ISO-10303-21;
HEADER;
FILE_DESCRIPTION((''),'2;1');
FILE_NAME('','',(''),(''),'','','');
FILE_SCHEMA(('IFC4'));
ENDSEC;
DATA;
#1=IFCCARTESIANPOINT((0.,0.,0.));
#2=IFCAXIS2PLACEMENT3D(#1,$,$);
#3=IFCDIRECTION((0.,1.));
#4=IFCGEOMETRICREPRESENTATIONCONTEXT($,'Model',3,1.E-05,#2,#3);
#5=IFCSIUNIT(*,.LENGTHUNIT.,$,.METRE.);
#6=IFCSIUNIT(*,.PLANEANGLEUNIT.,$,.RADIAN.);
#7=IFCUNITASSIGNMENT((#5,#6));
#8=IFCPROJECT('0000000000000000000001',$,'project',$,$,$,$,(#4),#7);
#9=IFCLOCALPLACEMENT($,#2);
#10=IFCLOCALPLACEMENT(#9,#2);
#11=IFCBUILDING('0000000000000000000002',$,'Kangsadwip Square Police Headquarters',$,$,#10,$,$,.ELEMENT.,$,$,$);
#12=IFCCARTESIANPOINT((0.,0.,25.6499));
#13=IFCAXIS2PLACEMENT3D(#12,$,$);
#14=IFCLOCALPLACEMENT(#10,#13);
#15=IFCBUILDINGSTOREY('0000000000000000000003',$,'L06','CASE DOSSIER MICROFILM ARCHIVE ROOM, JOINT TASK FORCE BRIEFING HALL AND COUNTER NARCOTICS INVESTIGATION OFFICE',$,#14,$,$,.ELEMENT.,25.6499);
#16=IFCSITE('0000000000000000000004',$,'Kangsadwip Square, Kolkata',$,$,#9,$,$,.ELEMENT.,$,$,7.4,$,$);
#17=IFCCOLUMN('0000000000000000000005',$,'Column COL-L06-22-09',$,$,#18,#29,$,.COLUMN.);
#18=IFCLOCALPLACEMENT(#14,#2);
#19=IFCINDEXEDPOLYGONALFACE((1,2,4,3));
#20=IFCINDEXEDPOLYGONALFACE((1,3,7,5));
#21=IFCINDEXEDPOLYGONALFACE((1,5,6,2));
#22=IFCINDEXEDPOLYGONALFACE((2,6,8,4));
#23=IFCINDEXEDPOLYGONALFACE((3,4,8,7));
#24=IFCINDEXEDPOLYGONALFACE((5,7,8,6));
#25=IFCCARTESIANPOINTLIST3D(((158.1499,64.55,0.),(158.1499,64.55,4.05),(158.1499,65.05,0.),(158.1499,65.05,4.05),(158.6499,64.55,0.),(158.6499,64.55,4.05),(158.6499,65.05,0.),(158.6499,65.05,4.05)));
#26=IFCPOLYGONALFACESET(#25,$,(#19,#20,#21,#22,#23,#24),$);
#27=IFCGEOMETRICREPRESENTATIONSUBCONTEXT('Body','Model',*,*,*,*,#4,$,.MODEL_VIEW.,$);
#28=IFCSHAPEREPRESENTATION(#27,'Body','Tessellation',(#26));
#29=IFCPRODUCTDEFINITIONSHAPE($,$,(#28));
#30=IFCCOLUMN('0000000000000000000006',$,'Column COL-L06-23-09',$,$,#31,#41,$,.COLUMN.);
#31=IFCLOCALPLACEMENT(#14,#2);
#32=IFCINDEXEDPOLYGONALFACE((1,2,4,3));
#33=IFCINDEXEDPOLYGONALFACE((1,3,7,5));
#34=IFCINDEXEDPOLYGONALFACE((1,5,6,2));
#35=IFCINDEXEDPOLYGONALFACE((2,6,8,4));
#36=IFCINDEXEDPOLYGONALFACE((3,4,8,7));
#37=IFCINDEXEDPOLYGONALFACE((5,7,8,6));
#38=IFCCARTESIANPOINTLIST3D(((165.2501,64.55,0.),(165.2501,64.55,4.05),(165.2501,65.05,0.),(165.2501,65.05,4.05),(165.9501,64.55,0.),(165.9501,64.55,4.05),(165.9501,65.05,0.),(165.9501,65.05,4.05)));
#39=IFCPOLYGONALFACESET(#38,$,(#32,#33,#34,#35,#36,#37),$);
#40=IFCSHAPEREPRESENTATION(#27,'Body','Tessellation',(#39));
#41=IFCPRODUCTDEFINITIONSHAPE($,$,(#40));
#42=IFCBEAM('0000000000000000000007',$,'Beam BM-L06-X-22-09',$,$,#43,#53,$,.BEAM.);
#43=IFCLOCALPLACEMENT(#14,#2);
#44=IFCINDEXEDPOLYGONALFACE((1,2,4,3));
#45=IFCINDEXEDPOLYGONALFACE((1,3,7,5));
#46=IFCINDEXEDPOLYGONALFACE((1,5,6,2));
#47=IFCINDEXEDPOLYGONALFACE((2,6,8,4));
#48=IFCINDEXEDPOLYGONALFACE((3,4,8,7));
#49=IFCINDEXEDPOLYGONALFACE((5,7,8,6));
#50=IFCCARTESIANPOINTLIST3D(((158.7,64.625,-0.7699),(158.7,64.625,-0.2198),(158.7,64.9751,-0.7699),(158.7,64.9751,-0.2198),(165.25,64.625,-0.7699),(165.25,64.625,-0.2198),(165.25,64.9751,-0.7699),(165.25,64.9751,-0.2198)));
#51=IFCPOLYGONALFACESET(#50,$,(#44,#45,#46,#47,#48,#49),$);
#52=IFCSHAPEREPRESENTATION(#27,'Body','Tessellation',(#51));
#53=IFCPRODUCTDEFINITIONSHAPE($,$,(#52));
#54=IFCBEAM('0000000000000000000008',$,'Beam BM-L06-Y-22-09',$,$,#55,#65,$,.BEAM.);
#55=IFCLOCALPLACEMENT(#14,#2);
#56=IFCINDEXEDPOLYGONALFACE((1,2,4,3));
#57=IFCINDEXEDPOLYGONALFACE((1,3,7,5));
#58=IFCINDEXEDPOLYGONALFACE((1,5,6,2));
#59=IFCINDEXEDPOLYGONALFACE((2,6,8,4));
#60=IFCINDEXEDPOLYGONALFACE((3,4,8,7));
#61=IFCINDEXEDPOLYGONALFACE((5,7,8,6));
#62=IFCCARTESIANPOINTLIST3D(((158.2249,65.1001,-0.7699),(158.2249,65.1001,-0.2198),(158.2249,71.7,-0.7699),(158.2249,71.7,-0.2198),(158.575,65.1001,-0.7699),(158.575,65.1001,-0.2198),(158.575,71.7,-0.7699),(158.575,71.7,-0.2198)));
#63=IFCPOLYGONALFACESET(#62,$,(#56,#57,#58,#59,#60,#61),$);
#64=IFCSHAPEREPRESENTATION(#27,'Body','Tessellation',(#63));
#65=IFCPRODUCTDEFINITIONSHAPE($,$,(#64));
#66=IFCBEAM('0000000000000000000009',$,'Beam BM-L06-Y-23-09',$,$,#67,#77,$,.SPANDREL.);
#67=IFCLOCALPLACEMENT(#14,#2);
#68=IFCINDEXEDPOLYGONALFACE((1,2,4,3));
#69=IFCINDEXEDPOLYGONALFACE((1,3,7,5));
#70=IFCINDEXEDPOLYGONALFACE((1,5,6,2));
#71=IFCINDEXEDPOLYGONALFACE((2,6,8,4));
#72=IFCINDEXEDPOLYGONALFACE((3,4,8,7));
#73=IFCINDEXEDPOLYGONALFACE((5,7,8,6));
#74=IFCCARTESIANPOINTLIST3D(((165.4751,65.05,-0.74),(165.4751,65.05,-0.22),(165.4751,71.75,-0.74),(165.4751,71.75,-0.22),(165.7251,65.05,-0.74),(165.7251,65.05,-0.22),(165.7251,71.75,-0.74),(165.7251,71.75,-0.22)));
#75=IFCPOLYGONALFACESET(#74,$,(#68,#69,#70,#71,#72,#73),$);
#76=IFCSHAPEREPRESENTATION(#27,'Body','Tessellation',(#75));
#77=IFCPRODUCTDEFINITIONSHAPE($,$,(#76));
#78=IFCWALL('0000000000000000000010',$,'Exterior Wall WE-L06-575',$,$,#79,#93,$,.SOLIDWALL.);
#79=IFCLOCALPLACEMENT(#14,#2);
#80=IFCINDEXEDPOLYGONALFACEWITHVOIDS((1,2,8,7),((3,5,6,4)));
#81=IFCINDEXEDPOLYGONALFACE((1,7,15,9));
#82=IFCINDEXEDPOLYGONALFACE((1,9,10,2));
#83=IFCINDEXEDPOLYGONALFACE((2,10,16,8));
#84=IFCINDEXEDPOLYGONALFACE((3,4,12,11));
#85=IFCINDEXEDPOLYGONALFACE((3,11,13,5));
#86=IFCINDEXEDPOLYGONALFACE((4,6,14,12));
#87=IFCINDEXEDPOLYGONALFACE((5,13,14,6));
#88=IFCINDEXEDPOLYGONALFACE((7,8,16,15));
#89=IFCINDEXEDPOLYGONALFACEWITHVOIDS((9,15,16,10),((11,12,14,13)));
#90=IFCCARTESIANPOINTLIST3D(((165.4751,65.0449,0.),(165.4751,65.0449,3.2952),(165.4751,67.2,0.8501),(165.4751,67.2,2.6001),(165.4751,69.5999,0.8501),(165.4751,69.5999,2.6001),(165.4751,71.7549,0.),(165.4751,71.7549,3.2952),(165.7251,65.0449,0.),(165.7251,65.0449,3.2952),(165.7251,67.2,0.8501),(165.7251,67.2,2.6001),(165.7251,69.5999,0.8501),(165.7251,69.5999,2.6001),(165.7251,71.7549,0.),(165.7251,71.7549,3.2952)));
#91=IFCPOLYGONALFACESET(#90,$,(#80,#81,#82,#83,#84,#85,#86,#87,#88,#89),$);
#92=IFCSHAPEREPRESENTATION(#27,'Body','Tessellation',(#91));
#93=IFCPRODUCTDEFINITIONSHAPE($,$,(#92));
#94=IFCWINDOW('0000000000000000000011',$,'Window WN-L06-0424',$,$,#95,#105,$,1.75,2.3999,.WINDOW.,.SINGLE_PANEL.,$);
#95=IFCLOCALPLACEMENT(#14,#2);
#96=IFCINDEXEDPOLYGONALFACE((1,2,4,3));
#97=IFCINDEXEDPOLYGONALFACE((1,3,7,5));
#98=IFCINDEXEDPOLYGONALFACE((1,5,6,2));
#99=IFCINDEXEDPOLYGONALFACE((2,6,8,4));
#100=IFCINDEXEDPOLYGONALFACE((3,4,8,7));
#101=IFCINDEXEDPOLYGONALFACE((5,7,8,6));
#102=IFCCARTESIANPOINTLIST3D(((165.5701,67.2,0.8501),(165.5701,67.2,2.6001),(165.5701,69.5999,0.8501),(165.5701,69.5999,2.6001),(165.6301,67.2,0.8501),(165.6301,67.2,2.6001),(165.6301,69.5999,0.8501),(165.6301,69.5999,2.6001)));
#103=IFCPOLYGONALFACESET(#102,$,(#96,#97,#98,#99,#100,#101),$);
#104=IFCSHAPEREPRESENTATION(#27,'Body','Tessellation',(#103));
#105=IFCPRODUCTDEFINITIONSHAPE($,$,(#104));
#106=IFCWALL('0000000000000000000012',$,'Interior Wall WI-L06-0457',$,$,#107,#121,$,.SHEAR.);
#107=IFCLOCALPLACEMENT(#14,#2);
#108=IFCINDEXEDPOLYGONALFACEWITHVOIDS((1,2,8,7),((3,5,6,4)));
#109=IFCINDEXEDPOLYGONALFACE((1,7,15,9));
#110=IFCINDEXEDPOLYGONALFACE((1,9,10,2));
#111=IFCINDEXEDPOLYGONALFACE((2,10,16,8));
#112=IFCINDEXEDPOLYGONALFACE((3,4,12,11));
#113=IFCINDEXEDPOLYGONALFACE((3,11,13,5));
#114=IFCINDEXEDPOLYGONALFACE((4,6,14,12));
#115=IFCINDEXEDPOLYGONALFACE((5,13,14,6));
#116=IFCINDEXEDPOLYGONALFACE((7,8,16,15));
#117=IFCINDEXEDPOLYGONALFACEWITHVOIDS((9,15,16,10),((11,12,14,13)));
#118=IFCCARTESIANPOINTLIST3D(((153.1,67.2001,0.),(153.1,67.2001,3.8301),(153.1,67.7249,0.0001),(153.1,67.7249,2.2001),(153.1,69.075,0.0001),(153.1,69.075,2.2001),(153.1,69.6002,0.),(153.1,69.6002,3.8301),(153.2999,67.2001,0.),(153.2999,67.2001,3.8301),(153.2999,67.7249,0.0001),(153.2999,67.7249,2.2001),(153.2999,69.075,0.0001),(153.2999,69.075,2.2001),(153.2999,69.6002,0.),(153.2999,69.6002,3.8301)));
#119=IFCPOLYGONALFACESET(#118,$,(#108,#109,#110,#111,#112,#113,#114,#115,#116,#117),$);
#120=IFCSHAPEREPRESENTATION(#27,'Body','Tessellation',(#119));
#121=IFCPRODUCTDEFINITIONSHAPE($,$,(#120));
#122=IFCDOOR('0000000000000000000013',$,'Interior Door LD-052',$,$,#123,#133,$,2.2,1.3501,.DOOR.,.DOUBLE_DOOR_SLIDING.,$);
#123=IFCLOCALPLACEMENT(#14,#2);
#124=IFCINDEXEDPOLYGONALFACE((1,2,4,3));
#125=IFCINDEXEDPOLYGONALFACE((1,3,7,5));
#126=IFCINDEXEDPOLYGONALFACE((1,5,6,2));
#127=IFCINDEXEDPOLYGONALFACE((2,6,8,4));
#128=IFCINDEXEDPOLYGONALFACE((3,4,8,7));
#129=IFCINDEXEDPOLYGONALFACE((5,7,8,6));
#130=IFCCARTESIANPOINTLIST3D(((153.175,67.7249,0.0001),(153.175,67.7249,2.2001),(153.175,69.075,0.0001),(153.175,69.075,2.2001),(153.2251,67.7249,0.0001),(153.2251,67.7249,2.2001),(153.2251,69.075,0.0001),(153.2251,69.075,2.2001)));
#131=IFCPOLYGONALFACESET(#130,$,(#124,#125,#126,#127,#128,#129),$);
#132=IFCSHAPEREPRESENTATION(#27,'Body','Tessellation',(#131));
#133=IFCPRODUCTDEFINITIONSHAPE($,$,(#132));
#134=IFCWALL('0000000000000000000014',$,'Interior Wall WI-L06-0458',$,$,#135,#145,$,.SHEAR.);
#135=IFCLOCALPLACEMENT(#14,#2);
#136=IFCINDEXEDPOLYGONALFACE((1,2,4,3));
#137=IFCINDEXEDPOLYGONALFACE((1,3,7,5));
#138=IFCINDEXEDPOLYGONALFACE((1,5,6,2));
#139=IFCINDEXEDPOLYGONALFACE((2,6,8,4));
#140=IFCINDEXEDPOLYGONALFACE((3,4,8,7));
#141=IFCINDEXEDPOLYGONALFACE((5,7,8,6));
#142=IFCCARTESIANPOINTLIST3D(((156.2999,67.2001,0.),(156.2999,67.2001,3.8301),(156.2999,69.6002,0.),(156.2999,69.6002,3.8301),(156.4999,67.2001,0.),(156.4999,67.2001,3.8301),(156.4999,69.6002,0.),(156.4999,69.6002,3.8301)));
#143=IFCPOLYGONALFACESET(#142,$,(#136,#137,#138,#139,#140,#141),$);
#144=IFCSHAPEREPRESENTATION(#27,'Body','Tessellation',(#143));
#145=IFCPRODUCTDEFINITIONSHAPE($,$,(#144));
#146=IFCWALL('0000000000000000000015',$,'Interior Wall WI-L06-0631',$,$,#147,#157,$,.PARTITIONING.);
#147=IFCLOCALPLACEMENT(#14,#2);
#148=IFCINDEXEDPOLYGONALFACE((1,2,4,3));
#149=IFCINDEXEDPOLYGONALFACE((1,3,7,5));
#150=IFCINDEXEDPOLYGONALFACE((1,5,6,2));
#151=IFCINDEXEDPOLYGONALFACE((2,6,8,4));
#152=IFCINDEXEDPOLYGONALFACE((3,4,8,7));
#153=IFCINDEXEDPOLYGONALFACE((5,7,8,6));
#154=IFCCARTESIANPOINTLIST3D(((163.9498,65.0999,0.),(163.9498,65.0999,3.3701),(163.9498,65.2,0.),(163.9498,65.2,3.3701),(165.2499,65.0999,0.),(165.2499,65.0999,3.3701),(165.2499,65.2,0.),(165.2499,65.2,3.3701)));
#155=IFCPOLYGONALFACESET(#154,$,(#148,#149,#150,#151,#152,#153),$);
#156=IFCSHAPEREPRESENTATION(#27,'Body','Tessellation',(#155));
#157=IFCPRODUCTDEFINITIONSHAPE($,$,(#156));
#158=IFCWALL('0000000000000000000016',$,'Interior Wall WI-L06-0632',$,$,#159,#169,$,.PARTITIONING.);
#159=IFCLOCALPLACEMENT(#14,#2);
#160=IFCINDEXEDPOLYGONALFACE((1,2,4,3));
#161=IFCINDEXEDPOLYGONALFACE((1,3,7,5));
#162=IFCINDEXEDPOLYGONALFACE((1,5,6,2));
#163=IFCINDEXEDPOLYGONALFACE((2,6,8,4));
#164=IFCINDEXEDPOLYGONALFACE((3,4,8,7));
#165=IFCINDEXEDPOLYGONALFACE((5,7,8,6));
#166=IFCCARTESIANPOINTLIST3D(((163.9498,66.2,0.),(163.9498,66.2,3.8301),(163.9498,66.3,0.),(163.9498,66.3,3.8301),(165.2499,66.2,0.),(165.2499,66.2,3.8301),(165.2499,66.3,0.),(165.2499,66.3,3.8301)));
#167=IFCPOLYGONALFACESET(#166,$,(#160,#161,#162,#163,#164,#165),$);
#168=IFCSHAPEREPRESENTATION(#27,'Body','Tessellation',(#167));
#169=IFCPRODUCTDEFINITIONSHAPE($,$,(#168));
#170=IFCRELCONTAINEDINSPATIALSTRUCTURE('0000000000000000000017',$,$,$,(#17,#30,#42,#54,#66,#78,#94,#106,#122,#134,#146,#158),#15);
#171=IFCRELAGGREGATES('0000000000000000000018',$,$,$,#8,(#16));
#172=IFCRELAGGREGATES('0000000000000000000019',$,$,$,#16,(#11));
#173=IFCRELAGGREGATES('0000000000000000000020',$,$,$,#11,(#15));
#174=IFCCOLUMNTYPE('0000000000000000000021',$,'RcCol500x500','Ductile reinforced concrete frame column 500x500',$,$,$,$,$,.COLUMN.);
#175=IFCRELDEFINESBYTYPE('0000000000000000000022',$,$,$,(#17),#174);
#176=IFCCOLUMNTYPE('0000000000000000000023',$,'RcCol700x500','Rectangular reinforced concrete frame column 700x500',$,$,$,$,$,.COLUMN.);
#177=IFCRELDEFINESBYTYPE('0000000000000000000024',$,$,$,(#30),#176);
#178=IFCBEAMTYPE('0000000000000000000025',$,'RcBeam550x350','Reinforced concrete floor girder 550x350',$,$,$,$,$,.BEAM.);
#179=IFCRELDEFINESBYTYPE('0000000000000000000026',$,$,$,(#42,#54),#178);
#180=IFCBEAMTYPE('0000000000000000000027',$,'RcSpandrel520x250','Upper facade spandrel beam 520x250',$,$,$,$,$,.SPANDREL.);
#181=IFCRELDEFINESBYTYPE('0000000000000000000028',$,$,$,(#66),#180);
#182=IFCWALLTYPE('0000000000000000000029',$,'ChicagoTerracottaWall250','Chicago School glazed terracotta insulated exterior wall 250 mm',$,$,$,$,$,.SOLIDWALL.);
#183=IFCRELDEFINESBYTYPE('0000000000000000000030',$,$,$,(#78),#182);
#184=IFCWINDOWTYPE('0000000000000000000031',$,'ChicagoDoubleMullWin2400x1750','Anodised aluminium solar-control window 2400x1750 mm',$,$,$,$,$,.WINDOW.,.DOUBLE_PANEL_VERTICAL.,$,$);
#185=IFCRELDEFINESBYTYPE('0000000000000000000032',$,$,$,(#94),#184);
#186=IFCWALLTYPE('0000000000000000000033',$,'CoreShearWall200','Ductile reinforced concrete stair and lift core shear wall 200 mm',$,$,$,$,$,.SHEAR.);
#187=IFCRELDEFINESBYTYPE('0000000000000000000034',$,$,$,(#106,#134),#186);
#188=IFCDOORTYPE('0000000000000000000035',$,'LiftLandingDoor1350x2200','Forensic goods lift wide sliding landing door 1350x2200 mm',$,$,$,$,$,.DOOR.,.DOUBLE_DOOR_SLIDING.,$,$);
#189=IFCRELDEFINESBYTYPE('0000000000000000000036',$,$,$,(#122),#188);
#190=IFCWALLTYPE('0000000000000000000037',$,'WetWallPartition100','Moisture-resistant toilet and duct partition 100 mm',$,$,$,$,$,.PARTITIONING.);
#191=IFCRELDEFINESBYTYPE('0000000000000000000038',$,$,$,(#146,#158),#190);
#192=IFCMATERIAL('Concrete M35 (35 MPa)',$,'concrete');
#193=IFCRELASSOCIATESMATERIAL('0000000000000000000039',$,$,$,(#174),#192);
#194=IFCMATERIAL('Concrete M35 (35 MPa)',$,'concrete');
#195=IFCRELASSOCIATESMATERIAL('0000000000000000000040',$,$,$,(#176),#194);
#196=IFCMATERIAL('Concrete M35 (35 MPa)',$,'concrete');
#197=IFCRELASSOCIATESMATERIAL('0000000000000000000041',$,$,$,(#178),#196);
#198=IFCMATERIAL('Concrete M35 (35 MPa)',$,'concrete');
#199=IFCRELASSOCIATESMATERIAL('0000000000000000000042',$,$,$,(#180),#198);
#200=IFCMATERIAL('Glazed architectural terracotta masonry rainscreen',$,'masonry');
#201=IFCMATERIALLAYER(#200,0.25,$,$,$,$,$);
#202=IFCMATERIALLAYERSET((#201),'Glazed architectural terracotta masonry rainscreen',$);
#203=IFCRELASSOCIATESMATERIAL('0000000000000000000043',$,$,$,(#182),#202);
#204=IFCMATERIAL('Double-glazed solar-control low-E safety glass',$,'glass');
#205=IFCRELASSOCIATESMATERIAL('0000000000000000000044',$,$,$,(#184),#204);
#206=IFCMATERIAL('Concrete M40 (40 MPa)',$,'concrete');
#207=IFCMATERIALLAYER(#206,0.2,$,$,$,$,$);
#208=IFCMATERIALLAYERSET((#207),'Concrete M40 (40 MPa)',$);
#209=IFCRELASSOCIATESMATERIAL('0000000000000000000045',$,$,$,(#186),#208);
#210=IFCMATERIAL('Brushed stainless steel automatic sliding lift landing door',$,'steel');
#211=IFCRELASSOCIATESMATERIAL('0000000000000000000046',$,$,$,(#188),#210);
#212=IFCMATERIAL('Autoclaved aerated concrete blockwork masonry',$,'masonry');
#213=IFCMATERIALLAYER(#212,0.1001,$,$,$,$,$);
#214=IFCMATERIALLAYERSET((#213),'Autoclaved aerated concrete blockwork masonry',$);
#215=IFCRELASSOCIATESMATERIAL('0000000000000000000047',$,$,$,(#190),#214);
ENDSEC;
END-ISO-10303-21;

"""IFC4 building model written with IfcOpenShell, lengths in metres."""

from ifc_helpers import new_model, si_unit, direction, frame, frame_2d, origin, origin_2d, place, context, subcontext, project, spatial, rectangle, extrude, material, layer, layer_set, material_profile, profile_set, type_object, element, fill, save


model = new_model("IFC4")

# Units and contexts
model_context = context("Model", 3, precision=1e-05, world=origin(), true_north=direction((0.0, 1.0)))
body_context = subcontext(model_context, "Body", "Model", "MODEL_VIEW")
ifc_project = project(units=[si_unit("LENGTHUNIT", "METRE"), si_unit("PLANEANGLEUNIT", "RADIAN")], contexts=[model_context])

# Site, building, storey
site_placement = place(None, origin())
site = spatial("IfcSite", under=ifc_project, at=site_placement, Name="Kangsadwip Square, Kolkata", CompositionType="ELEMENT", RefElevation=7.4)
building_placement = place(site_placement, origin())
building = spatial("IfcBuilding", under=site, at=building_placement, Name="Kangsadwip Square Police Headquarters", CompositionType="ELEMENT")
storey_placement = place(building_placement, frame((0.0, 0.0, 25.6499)))
storey = spatial("IfcBuildingStorey", under=building, at=storey_placement, Name="L06", Description="CASE DOSSIER MICROFILM ARCHIVE ROOM, JOINT TASK FORCE BRIEFING HALL AND COUNTER NARCOTICS INVESTIGATION OFFICE", CompositionType="ELEMENT", Elevation=25.6499)

# Columns
ifc_material_1 = material(Name="Concrete M35 (35 MPa)", Category="concrete")
ifc_material_profile_1 = material_profile(ifc_material_1, rectangle(XDim=0.5, YDim=0.5, at=origin_2d()), Name="RC COL 500X500")
ifc_profile_set_1 = profile_set([ifc_material_profile_1], Name="Concrete M35 (35 MPa)")
column_type_1 = type_object("IfcColumnType", Name="RcCol500x500", Description="Ductile reinforced concrete frame column 500x500", PredefinedType="COLUMN", material=ifc_profile_set_1)
column_1_placement = place(storey_placement, frame((158.3999, 64.8, 0.0), z_axis=(0.0, 0.0, 1.0), x_axis=(1.0, 0.0, 0.0)))
element("IfcColumn", 1, at=column_1_placement, inside=storey, type_object=column_type_1, Name="Column COL-L06-22-09", PredefinedType="COLUMN", context=body_context, shape_type="SweptSolid", body=[
    extrude(rectangle(XDim=0.5, YDim=0.5, at=origin_2d()), origin(), (0.0, 0.0, 1.0), 4.05),
])
ifc_material_2 = material(Name="Concrete M35 (35 MPa)", Category="concrete")
ifc_material_profile_2 = material_profile(ifc_material_2, rectangle(XDim=0.5, YDim=0.7, at=origin_2d()), Name="RC COL 700X500")
ifc_profile_set_2 = profile_set([ifc_material_profile_2], Name="Concrete M35 (35 MPa)")
column_type_2 = type_object("IfcColumnType", Name="RcCol700x500", Description="Rectangular reinforced concrete frame column 700x500", PredefinedType="COLUMN", material=ifc_profile_set_2)
column_2_placement = place(storey_placement, frame((165.6001, 64.8, 0.0), z_axis=(0.0, 0.0, 1.0), x_axis=(0.0, 1.0, 0.0)))
element("IfcColumn", 2, at=column_2_placement, inside=storey, type_object=column_type_2, Name="Column COL-L06-23-09", PredefinedType="COLUMN", context=body_context, shape_type="SweptSolid", body=[
    extrude(rectangle(XDim=0.5, YDim=0.7, at=origin_2d()), origin(), (0.0, 0.0, 1.0), 4.05),
])

# Beams
ifc_material_3 = material(Name="Concrete M35 (35 MPa)", Category="concrete")
ifc_material_profile_3 = material_profile(ifc_material_3, rectangle(XDim=0.3501, YDim=0.55, at=origin_2d()), Name="RC BM 550X350")
ifc_profile_set_3 = profile_set([ifc_material_profile_3], Name="Concrete M35 (35 MPa)")
beam_type_1 = type_object("IfcBeamType", Name="RcBeam550x350", Description="Reinforced concrete floor girder 550x350", PredefinedType="BEAM", material=ifc_profile_set_3)
beam_1_placement = place(storey_placement, frame((158.7, 64.8, -0.4949), z_axis=(1.0, 0.0, 0.0), x_axis=(0.0, 1.0, 0.0)))
element("IfcBeam", 3, at=beam_1_placement, inside=storey, type_object=beam_type_1, Name="Beam BM-L06-X-22-09", PredefinedType="BEAM", context=body_context, shape_type="SweptSolid", body=[
    extrude(rectangle(XDim=0.3501, YDim=0.55, at=origin_2d()), origin(), (0.0, 0.0, 1.0), 6.55),
])
beam_2_placement = place(storey_placement, frame((158.3999, 65.1001, -0.4949), z_axis=(0.0, 1.0, 0.0), x_axis=(-1.0, 0.0, 0.0)))
element("IfcBeam", 4, at=beam_2_placement, inside=storey, type_object=beam_type_1, Name="Beam BM-L06-Y-22-09", PredefinedType="BEAM", context=body_context, shape_type="SweptSolid", body=[
    extrude(rectangle(XDim=0.3501, YDim=0.55, at=origin_2d()), origin(), (0.0, 0.0, 1.0), 6.5999),
])
ifc_material_4 = material(Name="Concrete M35 (35 MPa)", Category="concrete")
ifc_material_profile_4 = material_profile(ifc_material_4, rectangle(XDim=0.25, YDim=0.52, at=origin_2d()), Name="RC SPN 520X250")
ifc_profile_set_4 = profile_set([ifc_material_profile_4], Name="Concrete M35 (35 MPa)")
beam_type_2 = type_object("IfcBeamType", Name="RcSpandrel520x250", Description="Upper facade spandrel beam 520x250", PredefinedType="SPANDREL", material=ifc_profile_set_4)
beam_3_placement = place(storey_placement, frame((165.6001, 65.05, -0.48), z_axis=(0.0, 1.0, 0.0), x_axis=(-1.0, 0.0, 0.0)))
element("IfcBeam", 5, at=beam_3_placement, inside=storey, type_object=beam_type_2, Name="Beam BM-L06-Y-23-09", PredefinedType="SPANDREL", context=body_context, shape_type="SweptSolid", body=[
    extrude(rectangle(XDim=0.25, YDim=0.52, at=origin_2d()), origin(), (0.0, 0.0, 1.0), 6.7),
])

# Wall, opening, window
ifc_material_5 = material(Name="Glazed architectural terracotta masonry rainscreen", Category="masonry")
ifc_layer_1 = layer(ifc_material_5, 0.25)
ifc_layer_set_1 = layer_set([ifc_layer_1], Name="Glazed architectural terracotta masonry rainscreen")
wall_type_1 = type_object("IfcWallType", Name="ChicagoTerracottaWall250", Description="Chicago School glazed terracotta insulated exterior wall 250 mm", PredefinedType="SOLIDWALL", material=ifc_layer_set_1)
wall_1_placement = place(storey_placement, frame((165.6001, 65.0449, 0.0), z_axis=(0.0, 0.0, 1.0), x_axis=(0.0, 1.0, 0.0)))
wall_1 = element("IfcWall", 6, at=wall_1_placement, inside=storey, type_object=wall_type_1, Name="Exterior Wall WE-L06-575", PredefinedType="SOLIDWALL", context=body_context, shape_type="SweptSolid", body=[
    extrude(rectangle(XDim=6.71, YDim=0.25, at=frame_2d((3.355, 0.0))), origin(), (0.0, 0.0, 1.0), 3.2952),
])
opening_1_placement = place(wall_1_placement, frame((2.155, 0.0, 0.8501)))
opening_1 = element("IfcOpeningElement", 7, at=opening_1_placement, cuts=wall_1, PredefinedType="OPENING", context=body_context, shape_type="SweptSolid", body=[
    extrude(rectangle(XDim=2.3999, YDim=1.75, at=frame_2d((1.2, 0.875))), frame((0.0, 0.135, 0.0), z_axis=(0.0, -1.0, 0.0), x_axis=(1.0, 0.0, 0.0)), (0.0, 0.0, 1.0), 0.27),
])
ifc_material_6 = material(Name="Double-glazed solar-control low-E safety glass", Category="glass")
window_type = type_object("IfcWindowType", Name="ChicagoDoubleMullWin2400x1750", Description="Anodised aluminium solar-control window 2400x1750 mm", PartitioningType="DOUBLE_PANEL_VERTICAL", PredefinedType="WINDOW", material=ifc_material_6)
window_placement = place(opening_1_placement, origin())
window = element("IfcWindow", 8, at=window_placement, inside=storey, type_object=window_type, Name="Window WN-L06-0424", OverallHeight=1.75, OverallWidth=2.3999, PartitioningType="SINGLE_PANEL", PredefinedType="WINDOW", context=body_context, shape_type="SweptSolid", body=[
    extrude(rectangle(XDim=2.3999, YDim=1.75, at=frame_2d((1.2, 0.875))), frame((0.0, 0.03, 0.0), z_axis=(0.0, -1.0, 0.0), x_axis=(1.0, 0.0, 0.0)), (0.0, 0.0, 1.0), 0.0601),
])
fill(opening_1, window)

# Wall, opening, door
ifc_material_7 = material(Name="Concrete M40 (40 MPa)", Category="concrete")
ifc_layer_2 = layer(ifc_material_7, 0.2)
ifc_layer_set_2 = layer_set([ifc_layer_2], Name="Concrete M40 (40 MPa)")
wall_type_2 = type_object("IfcWallType", Name="CoreShearWall200", Description="Ductile reinforced concrete stair and lift core shear wall 200 mm", PredefinedType="SHEAR", material=ifc_layer_set_2)
wall_2_placement = place(storey_placement, frame((153.2, 67.2, 0.0), z_axis=(0.0, 0.0, 1.0), x_axis=(0.0, 1.0, 0.0)))
wall_2 = element("IfcWall", 9, at=wall_2_placement, inside=storey, type_object=wall_type_2, Name="Interior Wall WI-L06-0457", PredefinedType="SHEAR", context=body_context, shape_type="SweptSolid", body=[
    extrude(rectangle(XDim=2.4001, YDim=0.2, at=frame_2d((1.2002, 0.0))), origin(), (0.0, 0.0, 1.0), 3.8301),
])
opening_2_placement = place(wall_2_placement, frame((0.5249, 0.0, 0.0)))
opening_2 = element("IfcOpeningElement", 10, at=opening_2_placement, cuts=wall_2, PredefinedType="OPENING", context=body_context, shape_type="SweptSolid", body=[
    extrude(rectangle(XDim=1.3501, YDim=2.2, at=frame_2d((0.675, 1.1001))), frame((0.0, 0.1099, 0.0), z_axis=(0.0, -1.0, 0.0), x_axis=(1.0, 0.0, 0.0)), (0.0, 0.0, 1.0), 0.22),
])
ifc_material_8 = material(Name="Brushed stainless steel automatic sliding lift landing door", Category="steel")
door_type = type_object("IfcDoorType", Name="LiftLandingDoor1350x2200", Description="Forensic goods lift wide sliding landing door 1350x2200 mm", OperationType="DOUBLE_DOOR_SLIDING", PredefinedType="DOOR", material=ifc_material_8)
door_placement = place(opening_2_placement, origin())
door = element("IfcDoor", 11, at=door_placement, inside=storey, type_object=door_type, Name="Interior Door LD-052", OperationType="DOUBLE_DOOR_SLIDING", OverallHeight=2.2, OverallWidth=1.3501, PredefinedType="DOOR", context=body_context, shape_type="SweptSolid", body=[
    extrude(rectangle(XDim=1.3501, YDim=2.2, at=frame_2d((0.675, 1.1001))), frame((0.0, 0.0249, 0.0), z_axis=(0.0, -1.0, 0.0), x_axis=(1.0, 0.0, 0.0)), (0.0, 0.0, 1.0), 0.05),
])
fill(opening_2, door)

# Walls
wall_3_placement = place(storey_placement, frame((156.3999, 67.2, 0.0), z_axis=(0.0, 0.0, 1.0), x_axis=(0.0, 1.0, 0.0)))
element("IfcWall", 12, at=wall_3_placement, inside=storey, type_object=wall_type_2, Name="Interior Wall WI-L06-0458", PredefinedType="SHEAR", context=body_context, shape_type="SweptSolid", body=[
    extrude(rectangle(XDim=2.4001, YDim=0.2, at=frame_2d((1.2002, 0.0))), origin(), (0.0, 0.0, 1.0), 3.8301),
])
ifc_material_9 = material(Name="Autoclaved aerated concrete blockwork masonry", Category="masonry")
ifc_layer_3 = layer(ifc_material_9, 0.1001)
ifc_layer_set_3 = layer_set([ifc_layer_3], Name="Autoclaved aerated concrete blockwork masonry")
wall_type_3 = type_object("IfcWallType", Name="WetWallPartition100", Description="Moisture-resistant toilet and duct partition 100 mm", PredefinedType="PARTITIONING", material=ifc_layer_set_3)
wall_4_placement = place(storey_placement, frame((163.95, 65.1499, 0.0), z_axis=(0.0, 0.0, 1.0), x_axis=(1.0, 0.0, 0.0)))
element("IfcWall", 13, at=wall_4_placement, inside=storey, type_object=wall_type_3, Name="Interior Wall WI-L06-0631", PredefinedType="PARTITIONING", context=body_context, shape_type="SweptSolid", body=[
    extrude(rectangle(XDim=1.3, YDim=0.1001, at=frame_2d((0.6499, 0.0))), origin(), (0.0, 0.0, 1.0), 3.3701),
])
wall_5_placement = place(storey_placement, frame((163.95, 66.25, 0.0), z_axis=(0.0, 0.0, 1.0), x_axis=(1.0, 0.0, 0.0)))
element("IfcWall", 14, at=wall_5_placement, inside=storey, type_object=wall_type_3, Name="Interior Wall WI-L06-0632", PredefinedType="PARTITIONING", context=body_context, shape_type="SweptSolid", body=[
    extrude(rectangle(XDim=1.3, YDim=0.1001, at=frame_2d((0.6499, 0.0))), origin(), (0.0, 0.0, 1.0), 3.8301),
])

save(model, "model.ifc")
